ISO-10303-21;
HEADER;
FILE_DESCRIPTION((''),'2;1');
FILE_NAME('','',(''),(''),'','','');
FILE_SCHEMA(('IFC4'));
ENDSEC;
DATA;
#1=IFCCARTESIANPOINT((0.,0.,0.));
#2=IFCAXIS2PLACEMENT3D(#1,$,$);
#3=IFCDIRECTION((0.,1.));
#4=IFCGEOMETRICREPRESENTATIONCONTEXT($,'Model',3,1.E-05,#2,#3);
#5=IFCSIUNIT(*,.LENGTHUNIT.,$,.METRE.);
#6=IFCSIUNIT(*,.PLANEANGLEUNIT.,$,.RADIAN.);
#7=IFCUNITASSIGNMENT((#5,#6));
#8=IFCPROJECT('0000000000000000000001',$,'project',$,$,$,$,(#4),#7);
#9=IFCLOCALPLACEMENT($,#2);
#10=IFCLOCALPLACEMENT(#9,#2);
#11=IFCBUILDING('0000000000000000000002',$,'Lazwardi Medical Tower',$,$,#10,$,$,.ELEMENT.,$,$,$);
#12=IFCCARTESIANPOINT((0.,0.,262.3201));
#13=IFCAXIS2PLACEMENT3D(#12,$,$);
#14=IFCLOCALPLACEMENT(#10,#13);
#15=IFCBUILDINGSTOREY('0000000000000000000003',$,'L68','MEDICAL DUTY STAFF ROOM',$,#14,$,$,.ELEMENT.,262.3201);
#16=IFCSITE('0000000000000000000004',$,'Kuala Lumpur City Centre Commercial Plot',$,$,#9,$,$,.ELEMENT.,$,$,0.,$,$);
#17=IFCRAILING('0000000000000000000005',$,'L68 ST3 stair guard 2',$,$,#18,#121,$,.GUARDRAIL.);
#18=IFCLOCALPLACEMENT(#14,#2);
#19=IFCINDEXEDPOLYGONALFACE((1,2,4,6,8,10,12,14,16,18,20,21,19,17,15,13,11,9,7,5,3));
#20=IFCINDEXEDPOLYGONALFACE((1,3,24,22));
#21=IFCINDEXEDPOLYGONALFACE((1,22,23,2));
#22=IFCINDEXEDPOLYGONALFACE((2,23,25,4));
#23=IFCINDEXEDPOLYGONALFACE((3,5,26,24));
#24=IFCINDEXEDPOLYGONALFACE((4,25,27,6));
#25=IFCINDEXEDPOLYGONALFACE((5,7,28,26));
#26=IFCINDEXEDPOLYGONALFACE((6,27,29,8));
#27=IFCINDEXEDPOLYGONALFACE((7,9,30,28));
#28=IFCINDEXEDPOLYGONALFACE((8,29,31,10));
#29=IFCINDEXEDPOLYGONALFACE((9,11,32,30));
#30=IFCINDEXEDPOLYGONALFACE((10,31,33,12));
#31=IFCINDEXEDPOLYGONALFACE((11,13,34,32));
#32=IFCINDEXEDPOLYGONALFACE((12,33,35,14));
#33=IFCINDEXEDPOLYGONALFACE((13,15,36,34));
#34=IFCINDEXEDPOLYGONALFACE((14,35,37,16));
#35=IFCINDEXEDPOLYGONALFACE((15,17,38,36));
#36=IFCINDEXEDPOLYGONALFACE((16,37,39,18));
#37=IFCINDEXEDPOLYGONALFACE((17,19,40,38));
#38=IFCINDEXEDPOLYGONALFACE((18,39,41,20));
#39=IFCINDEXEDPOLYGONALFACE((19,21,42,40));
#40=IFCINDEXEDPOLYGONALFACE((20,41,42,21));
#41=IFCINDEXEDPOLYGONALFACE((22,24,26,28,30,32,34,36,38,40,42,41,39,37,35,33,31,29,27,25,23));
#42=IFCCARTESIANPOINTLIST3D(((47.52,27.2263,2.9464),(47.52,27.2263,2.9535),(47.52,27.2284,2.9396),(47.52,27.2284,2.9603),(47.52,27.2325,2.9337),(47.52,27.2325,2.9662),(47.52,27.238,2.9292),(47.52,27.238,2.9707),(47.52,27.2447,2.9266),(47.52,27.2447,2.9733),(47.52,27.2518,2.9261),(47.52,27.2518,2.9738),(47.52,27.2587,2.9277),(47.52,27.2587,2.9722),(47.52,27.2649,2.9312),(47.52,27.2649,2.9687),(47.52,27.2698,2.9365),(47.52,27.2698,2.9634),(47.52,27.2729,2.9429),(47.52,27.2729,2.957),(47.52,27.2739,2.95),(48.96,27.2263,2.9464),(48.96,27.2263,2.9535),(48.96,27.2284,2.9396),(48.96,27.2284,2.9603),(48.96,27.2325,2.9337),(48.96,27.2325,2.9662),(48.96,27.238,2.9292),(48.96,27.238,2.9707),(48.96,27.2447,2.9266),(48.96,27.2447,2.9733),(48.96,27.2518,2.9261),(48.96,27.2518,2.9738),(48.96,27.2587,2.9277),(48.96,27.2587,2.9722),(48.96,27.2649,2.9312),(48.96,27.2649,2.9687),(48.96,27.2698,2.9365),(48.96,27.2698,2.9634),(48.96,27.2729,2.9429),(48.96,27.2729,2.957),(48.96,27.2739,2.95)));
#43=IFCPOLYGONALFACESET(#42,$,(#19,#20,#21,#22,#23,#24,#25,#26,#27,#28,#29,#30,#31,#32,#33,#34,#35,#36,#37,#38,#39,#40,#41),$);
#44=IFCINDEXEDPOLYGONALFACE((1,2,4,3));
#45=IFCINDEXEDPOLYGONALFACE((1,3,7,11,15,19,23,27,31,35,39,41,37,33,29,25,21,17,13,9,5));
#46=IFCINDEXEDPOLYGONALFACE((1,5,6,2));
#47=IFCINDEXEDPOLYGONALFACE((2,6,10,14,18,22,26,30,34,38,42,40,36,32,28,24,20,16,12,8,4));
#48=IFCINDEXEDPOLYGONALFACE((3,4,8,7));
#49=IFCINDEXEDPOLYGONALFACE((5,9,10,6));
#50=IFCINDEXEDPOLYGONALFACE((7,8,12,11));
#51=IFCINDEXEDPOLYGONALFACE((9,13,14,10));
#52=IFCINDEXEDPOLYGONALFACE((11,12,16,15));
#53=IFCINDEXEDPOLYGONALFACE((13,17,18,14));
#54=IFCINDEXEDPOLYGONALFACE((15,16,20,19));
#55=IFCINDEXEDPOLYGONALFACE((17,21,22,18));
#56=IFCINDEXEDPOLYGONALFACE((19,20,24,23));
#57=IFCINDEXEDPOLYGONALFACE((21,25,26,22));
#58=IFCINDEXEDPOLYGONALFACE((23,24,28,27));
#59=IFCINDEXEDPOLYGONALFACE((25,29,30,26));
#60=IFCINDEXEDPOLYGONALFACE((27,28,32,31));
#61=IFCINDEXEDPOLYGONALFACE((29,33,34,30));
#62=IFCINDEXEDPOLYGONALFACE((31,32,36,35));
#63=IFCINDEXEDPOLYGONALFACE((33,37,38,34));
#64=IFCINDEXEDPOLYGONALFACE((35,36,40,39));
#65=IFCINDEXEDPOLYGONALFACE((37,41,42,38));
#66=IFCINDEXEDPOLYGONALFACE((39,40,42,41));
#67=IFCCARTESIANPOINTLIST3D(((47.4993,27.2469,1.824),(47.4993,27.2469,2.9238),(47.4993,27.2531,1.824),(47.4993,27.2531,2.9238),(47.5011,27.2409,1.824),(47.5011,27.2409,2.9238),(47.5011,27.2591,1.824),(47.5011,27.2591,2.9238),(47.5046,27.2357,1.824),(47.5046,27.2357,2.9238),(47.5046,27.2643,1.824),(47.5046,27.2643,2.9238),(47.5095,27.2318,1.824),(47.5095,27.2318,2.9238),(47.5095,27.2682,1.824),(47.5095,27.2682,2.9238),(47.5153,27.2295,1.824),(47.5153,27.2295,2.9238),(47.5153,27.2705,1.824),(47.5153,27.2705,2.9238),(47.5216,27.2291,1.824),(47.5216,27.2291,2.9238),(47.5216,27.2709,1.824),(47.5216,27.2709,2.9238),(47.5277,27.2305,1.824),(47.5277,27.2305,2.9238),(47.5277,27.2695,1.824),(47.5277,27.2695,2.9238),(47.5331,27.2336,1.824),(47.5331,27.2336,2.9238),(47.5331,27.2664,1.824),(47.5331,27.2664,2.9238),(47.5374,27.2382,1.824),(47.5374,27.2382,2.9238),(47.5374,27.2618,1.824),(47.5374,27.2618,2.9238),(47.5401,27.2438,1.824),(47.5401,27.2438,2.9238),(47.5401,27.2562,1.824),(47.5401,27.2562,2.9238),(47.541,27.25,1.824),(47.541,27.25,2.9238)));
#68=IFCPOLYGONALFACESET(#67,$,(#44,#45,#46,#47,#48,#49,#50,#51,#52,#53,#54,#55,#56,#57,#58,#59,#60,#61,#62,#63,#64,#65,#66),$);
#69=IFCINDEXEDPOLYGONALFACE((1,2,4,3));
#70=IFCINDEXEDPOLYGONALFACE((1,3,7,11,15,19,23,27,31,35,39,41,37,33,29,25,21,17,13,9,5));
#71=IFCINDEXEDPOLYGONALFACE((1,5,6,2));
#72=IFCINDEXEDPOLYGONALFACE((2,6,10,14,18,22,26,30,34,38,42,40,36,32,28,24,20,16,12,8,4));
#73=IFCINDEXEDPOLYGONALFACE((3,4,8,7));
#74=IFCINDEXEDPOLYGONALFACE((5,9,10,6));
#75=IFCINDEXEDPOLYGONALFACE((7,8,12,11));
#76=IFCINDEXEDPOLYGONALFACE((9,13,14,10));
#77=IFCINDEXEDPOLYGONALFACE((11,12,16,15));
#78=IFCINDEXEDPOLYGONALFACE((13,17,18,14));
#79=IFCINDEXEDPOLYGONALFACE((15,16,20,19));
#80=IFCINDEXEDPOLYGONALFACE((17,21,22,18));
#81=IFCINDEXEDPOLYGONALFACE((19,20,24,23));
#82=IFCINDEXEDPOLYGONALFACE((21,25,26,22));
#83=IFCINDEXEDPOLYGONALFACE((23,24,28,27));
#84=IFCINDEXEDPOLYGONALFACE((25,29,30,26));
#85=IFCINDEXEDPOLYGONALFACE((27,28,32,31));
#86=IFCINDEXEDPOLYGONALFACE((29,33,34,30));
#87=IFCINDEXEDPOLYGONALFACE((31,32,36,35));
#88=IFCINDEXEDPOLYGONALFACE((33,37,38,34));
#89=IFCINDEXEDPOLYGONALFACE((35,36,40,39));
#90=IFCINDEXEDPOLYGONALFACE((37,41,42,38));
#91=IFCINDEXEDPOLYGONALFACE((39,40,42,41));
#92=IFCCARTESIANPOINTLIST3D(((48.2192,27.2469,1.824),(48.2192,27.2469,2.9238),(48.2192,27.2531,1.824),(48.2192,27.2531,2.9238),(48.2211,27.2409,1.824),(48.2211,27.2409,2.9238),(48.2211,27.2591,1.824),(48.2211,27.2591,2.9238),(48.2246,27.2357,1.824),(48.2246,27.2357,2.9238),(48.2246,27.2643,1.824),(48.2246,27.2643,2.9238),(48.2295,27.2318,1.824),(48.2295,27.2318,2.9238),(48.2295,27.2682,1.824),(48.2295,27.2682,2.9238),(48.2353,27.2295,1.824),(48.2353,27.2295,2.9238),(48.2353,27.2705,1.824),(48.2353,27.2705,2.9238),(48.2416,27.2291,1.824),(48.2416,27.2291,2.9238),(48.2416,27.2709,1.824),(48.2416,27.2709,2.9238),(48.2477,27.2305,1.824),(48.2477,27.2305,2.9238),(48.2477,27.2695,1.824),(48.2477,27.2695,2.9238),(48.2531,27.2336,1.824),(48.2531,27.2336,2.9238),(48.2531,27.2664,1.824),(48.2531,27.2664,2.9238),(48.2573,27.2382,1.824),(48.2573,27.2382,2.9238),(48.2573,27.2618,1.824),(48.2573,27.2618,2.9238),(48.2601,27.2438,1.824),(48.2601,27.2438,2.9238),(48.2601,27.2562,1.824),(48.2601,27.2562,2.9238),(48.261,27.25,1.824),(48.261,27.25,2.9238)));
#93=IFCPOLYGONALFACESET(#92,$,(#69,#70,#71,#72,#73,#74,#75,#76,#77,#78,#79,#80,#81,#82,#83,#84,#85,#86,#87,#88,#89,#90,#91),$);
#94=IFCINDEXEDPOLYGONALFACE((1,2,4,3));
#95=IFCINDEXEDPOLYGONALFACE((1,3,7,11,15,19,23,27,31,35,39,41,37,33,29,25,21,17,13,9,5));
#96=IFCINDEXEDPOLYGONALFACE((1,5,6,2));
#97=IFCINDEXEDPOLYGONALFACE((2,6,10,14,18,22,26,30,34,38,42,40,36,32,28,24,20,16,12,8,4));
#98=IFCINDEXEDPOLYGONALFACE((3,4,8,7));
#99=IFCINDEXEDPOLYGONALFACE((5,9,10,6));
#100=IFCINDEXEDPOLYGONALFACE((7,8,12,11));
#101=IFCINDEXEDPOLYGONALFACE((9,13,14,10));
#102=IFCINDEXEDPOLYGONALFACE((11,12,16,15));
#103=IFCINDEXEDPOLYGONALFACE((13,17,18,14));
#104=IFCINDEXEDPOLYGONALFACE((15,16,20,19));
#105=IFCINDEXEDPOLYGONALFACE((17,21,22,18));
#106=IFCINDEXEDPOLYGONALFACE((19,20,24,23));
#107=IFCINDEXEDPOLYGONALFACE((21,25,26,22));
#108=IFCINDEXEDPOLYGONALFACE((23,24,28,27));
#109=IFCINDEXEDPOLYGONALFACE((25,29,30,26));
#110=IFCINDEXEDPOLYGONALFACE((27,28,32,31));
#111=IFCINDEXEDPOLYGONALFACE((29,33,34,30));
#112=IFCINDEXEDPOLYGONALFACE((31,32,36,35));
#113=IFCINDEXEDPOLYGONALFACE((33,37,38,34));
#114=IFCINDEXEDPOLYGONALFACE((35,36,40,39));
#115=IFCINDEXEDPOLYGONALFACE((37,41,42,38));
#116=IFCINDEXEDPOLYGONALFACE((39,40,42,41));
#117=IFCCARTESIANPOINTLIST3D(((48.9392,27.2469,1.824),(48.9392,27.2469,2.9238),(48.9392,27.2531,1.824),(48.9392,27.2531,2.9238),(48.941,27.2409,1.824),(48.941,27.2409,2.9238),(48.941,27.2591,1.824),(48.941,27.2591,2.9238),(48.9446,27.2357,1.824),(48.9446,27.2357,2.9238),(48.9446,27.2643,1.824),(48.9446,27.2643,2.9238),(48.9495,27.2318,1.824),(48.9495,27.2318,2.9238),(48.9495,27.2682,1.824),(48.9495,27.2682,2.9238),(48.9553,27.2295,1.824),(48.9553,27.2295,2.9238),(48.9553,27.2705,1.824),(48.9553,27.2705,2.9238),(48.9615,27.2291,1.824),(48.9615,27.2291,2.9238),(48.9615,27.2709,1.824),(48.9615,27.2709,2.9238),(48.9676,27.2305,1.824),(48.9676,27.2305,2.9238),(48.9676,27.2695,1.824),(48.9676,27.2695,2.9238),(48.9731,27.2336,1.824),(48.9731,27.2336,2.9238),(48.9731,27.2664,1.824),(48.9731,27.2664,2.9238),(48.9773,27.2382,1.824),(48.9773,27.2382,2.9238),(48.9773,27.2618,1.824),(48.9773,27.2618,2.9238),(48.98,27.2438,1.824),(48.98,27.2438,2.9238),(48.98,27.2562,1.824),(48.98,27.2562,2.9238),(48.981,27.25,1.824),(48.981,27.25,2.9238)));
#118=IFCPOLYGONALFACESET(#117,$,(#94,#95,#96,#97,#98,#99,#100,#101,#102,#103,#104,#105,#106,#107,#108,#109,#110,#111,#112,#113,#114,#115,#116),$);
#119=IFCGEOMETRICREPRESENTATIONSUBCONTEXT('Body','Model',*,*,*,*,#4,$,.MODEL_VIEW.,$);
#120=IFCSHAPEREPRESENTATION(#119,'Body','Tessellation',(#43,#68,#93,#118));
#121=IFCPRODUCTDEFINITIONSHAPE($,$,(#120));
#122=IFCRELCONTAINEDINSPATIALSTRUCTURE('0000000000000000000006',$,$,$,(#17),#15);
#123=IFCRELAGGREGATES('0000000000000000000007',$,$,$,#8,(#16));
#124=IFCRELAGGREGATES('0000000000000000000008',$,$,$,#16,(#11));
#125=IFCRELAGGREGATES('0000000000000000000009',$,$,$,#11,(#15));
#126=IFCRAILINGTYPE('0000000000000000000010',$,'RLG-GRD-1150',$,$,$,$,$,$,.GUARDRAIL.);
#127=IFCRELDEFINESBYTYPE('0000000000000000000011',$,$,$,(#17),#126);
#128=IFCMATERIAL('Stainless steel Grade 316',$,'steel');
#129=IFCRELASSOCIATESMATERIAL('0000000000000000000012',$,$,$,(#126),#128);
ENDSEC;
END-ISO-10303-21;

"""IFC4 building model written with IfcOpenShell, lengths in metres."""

from ifc_helpers import new_model, si_unit, direction, frame, origin, origin_2d, place, context, subcontext, project, spatial, circle, extrude, material, type_object, element, save


model = new_model("IFC4")

# Units and contexts
model_context = context("Model", 3, precision=1e-05, world=origin(), true_north=direction((0.0, 1.0)))
body_context = subcontext(model_context, "Body", "Model", "MODEL_VIEW")
ifc_project = project(units=[si_unit("LENGTHUNIT", "METRE"), si_unit("PLANEANGLEUNIT", "RADIAN")], contexts=[model_context])

# Site, building, storey
site_placement = place(None, origin())
site = spatial("IfcSite", under=ifc_project, at=site_placement, Name="Kuala Lumpur City Centre Commercial Plot", CompositionType="ELEMENT", RefElevation=0.0)
building_placement = place(site_placement, origin())
building = spatial("IfcBuilding", under=site, at=building_placement, Name="Lazwardi Medical Tower", CompositionType="ELEMENT")
storey_placement = place(building_placement, frame((0.0, 0.0, 262.3201)))
storey = spatial("IfcBuildingStorey", under=building, at=storey_placement, Name="L68", Description="MEDICAL DUTY STAFF ROOM", CompositionType="ELEMENT", Elevation=262.3201)

# Railing
ifc_material_1 = material(Name="Stainless steel Grade 316", Category="steel")
railing_type_1 = type_object("IfcRailingType", Name="RLG-GRD-1150", PredefinedType="GUARDRAIL", material=ifc_material_1)
railing_1_placement = place(storey_placement, frame((47.52, 27.25, 1.824)))
element("IfcRailing", 1, at=railing_1_placement, inside=storey, type_object=railing_type_1, Name="L68 ST3 stair guard 2", PredefinedType="GUARDRAIL", context=body_context, shape_type="SweptSolid", body=[
    extrude(circle(Radius=0.0239, at=origin_2d()), frame((0.0, 0.0, 1.126), z_axis=(1.0, 0.0, 0.0), x_axis=(0.0, 1.0, 0.0)), (0.0, 0.0, 1.0), 1.4399),
    extrude(circle(Radius=0.021, at=origin_2d()), origin(), (0.0, 0.0, 1.0), 1.0999),
    extrude(circle(Radius=0.021, at=origin_2d()), frame((0.72, 0.0, 0.0)), (0.0, 0.0, 1.0), 1.0999),
    extrude(circle(Radius=0.021, at=origin_2d()), frame((1.4399, 0.0, 0.0)), (0.0, 0.0, 1.0), 1.0999),
])

save(model, "model.ifc")
